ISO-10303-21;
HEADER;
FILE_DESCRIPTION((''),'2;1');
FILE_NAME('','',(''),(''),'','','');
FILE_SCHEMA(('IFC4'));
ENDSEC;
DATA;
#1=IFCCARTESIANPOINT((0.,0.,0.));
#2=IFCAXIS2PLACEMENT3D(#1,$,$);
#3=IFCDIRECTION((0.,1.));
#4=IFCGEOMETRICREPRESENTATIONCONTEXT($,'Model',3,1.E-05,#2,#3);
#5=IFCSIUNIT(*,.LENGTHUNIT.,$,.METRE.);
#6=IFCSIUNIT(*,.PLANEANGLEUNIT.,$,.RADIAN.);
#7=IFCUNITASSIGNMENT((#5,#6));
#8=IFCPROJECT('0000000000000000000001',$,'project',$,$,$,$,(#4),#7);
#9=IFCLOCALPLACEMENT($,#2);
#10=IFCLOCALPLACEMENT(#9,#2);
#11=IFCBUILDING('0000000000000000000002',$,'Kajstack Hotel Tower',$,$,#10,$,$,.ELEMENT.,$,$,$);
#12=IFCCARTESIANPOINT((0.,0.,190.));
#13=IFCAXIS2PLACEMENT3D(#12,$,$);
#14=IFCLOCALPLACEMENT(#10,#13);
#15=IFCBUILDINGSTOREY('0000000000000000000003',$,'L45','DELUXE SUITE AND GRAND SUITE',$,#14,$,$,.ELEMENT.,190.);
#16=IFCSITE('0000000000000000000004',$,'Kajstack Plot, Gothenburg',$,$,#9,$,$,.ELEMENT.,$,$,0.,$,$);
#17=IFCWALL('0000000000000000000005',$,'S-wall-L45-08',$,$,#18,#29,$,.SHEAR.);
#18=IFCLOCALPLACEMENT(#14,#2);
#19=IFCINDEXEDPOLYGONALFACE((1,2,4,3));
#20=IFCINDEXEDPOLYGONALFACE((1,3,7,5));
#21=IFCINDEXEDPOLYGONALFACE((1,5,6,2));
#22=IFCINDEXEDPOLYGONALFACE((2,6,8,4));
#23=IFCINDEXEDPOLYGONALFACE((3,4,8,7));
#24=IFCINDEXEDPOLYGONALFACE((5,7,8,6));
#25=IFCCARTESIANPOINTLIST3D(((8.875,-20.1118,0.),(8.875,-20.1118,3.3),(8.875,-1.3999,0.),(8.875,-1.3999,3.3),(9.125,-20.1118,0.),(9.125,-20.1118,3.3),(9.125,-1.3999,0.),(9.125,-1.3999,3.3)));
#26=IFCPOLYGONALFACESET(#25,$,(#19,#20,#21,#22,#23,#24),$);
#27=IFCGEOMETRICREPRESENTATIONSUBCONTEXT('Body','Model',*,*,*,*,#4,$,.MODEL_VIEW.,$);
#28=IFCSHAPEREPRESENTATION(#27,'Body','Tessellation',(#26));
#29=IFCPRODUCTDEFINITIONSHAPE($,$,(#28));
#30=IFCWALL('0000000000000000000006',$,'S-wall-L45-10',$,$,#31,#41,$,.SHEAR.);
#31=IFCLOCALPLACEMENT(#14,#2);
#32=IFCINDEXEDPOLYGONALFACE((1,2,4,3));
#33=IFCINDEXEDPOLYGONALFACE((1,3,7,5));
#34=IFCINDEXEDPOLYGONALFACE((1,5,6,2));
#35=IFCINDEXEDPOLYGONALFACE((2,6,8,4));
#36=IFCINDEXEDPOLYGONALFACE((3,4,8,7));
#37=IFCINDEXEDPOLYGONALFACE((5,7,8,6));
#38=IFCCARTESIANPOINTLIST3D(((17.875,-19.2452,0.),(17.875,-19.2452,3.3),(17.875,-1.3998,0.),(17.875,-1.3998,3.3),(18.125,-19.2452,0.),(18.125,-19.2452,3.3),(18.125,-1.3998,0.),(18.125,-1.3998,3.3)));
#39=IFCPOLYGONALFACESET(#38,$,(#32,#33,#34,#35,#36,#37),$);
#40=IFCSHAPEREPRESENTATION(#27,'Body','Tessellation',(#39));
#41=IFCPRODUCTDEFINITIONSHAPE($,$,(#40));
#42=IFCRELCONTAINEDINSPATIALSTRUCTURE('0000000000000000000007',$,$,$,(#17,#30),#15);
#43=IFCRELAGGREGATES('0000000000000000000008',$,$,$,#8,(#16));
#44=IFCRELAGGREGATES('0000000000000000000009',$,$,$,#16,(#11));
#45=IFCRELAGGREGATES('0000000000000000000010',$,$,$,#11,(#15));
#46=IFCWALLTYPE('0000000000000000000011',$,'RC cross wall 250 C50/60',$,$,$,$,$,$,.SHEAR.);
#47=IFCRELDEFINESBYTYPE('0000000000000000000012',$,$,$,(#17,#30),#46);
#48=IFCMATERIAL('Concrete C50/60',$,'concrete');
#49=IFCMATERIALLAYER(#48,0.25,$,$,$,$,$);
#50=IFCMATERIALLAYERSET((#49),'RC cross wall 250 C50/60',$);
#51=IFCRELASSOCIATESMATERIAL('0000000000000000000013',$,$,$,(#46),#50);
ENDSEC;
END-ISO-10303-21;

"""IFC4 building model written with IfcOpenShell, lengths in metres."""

from ifc_helpers import new_model, si_unit, direction, frame, frame_2d, origin, place, context, subcontext, project, spatial, rectangle, extrude, material, layer, layer_set, type_object, element, save


model = new_model("IFC4")

# Units and contexts
model_context = context("Model", 3, precision=1e-05, world=origin(), true_north=direction((0.0, 1.0)))
body_context = subcontext(model_context, "Body", "Model", "MODEL_VIEW")
ifc_project = project(units=[si_unit("LENGTHUNIT", "METRE"), si_unit("PLANEANGLEUNIT", "RADIAN")], contexts=[model_context])

# Site, building, storey
site_placement = place(None, origin())
site = spatial("IfcSite", under=ifc_project, at=site_placement, Name="Kajstack Plot, Gothenburg", CompositionType="ELEMENT", RefElevation=0.0)
building_placement = place(site_placement, origin())
building = spatial("IfcBuilding", under=site, at=building_placement, Name="Kajstack Hotel Tower", CompositionType="ELEMENT")
storey_placement = place(building_placement, frame((0.0, 0.0, 190.0)))
storey = spatial("IfcBuildingStorey", under=building, at=storey_placement, Name="L45", Description="DELUXE SUITE AND GRAND SUITE", CompositionType="ELEMENT", Elevation=190.0)

# Walls
ifc_material_1 = material(Name="Concrete C50/60", Category="concrete")
ifc_layer_1 = layer(ifc_material_1, 0.25)
ifc_layer_set_1 = layer_set([ifc_layer_1], Name="RC cross wall 250 C50/60")
wall_type_1 = type_object("IfcWallType", Name="RC cross wall 250 C50/60", PredefinedType="SHEAR", material=ifc_layer_set_1)
wall_1_placement = place(storey_placement, frame((9.0, -20.1118, 0.0), z_axis=(0.0, 0.0, 1.0), x_axis=(0.0, 1.0, 0.0)))
element("IfcWall", 1, at=wall_1_placement, inside=storey, type_object=wall_type_1, Name="S-wall-L45-08", PredefinedType="SHEAR", context=body_context, shape_type="SweptSolid", body=[
    extrude(rectangle(XDim=18.7119, YDim=0.25, at=frame_2d((9.356, 0.0))), origin(), (0.0, 0.0, 1.0), 3.3),
])
wall_2_placement = place(storey_placement, frame((18.0, -19.2454, 0.0), z_axis=(0.0, 0.0, 1.0), x_axis=(0.0, 1.0, 0.0)))
element("IfcWall", 2, at=wall_2_placement, inside=storey, type_object=wall_type_1, Name="S-wall-L45-10", PredefinedType="SHEAR", context=body_context, shape_type="SweptSolid", body=[
    extrude(rectangle(XDim=17.8455, YDim=0.25, at=frame_2d((8.9229, 0.0))), origin(), (0.0, 0.0, 1.0), 3.3),
])

save(model, "model.ifc")
